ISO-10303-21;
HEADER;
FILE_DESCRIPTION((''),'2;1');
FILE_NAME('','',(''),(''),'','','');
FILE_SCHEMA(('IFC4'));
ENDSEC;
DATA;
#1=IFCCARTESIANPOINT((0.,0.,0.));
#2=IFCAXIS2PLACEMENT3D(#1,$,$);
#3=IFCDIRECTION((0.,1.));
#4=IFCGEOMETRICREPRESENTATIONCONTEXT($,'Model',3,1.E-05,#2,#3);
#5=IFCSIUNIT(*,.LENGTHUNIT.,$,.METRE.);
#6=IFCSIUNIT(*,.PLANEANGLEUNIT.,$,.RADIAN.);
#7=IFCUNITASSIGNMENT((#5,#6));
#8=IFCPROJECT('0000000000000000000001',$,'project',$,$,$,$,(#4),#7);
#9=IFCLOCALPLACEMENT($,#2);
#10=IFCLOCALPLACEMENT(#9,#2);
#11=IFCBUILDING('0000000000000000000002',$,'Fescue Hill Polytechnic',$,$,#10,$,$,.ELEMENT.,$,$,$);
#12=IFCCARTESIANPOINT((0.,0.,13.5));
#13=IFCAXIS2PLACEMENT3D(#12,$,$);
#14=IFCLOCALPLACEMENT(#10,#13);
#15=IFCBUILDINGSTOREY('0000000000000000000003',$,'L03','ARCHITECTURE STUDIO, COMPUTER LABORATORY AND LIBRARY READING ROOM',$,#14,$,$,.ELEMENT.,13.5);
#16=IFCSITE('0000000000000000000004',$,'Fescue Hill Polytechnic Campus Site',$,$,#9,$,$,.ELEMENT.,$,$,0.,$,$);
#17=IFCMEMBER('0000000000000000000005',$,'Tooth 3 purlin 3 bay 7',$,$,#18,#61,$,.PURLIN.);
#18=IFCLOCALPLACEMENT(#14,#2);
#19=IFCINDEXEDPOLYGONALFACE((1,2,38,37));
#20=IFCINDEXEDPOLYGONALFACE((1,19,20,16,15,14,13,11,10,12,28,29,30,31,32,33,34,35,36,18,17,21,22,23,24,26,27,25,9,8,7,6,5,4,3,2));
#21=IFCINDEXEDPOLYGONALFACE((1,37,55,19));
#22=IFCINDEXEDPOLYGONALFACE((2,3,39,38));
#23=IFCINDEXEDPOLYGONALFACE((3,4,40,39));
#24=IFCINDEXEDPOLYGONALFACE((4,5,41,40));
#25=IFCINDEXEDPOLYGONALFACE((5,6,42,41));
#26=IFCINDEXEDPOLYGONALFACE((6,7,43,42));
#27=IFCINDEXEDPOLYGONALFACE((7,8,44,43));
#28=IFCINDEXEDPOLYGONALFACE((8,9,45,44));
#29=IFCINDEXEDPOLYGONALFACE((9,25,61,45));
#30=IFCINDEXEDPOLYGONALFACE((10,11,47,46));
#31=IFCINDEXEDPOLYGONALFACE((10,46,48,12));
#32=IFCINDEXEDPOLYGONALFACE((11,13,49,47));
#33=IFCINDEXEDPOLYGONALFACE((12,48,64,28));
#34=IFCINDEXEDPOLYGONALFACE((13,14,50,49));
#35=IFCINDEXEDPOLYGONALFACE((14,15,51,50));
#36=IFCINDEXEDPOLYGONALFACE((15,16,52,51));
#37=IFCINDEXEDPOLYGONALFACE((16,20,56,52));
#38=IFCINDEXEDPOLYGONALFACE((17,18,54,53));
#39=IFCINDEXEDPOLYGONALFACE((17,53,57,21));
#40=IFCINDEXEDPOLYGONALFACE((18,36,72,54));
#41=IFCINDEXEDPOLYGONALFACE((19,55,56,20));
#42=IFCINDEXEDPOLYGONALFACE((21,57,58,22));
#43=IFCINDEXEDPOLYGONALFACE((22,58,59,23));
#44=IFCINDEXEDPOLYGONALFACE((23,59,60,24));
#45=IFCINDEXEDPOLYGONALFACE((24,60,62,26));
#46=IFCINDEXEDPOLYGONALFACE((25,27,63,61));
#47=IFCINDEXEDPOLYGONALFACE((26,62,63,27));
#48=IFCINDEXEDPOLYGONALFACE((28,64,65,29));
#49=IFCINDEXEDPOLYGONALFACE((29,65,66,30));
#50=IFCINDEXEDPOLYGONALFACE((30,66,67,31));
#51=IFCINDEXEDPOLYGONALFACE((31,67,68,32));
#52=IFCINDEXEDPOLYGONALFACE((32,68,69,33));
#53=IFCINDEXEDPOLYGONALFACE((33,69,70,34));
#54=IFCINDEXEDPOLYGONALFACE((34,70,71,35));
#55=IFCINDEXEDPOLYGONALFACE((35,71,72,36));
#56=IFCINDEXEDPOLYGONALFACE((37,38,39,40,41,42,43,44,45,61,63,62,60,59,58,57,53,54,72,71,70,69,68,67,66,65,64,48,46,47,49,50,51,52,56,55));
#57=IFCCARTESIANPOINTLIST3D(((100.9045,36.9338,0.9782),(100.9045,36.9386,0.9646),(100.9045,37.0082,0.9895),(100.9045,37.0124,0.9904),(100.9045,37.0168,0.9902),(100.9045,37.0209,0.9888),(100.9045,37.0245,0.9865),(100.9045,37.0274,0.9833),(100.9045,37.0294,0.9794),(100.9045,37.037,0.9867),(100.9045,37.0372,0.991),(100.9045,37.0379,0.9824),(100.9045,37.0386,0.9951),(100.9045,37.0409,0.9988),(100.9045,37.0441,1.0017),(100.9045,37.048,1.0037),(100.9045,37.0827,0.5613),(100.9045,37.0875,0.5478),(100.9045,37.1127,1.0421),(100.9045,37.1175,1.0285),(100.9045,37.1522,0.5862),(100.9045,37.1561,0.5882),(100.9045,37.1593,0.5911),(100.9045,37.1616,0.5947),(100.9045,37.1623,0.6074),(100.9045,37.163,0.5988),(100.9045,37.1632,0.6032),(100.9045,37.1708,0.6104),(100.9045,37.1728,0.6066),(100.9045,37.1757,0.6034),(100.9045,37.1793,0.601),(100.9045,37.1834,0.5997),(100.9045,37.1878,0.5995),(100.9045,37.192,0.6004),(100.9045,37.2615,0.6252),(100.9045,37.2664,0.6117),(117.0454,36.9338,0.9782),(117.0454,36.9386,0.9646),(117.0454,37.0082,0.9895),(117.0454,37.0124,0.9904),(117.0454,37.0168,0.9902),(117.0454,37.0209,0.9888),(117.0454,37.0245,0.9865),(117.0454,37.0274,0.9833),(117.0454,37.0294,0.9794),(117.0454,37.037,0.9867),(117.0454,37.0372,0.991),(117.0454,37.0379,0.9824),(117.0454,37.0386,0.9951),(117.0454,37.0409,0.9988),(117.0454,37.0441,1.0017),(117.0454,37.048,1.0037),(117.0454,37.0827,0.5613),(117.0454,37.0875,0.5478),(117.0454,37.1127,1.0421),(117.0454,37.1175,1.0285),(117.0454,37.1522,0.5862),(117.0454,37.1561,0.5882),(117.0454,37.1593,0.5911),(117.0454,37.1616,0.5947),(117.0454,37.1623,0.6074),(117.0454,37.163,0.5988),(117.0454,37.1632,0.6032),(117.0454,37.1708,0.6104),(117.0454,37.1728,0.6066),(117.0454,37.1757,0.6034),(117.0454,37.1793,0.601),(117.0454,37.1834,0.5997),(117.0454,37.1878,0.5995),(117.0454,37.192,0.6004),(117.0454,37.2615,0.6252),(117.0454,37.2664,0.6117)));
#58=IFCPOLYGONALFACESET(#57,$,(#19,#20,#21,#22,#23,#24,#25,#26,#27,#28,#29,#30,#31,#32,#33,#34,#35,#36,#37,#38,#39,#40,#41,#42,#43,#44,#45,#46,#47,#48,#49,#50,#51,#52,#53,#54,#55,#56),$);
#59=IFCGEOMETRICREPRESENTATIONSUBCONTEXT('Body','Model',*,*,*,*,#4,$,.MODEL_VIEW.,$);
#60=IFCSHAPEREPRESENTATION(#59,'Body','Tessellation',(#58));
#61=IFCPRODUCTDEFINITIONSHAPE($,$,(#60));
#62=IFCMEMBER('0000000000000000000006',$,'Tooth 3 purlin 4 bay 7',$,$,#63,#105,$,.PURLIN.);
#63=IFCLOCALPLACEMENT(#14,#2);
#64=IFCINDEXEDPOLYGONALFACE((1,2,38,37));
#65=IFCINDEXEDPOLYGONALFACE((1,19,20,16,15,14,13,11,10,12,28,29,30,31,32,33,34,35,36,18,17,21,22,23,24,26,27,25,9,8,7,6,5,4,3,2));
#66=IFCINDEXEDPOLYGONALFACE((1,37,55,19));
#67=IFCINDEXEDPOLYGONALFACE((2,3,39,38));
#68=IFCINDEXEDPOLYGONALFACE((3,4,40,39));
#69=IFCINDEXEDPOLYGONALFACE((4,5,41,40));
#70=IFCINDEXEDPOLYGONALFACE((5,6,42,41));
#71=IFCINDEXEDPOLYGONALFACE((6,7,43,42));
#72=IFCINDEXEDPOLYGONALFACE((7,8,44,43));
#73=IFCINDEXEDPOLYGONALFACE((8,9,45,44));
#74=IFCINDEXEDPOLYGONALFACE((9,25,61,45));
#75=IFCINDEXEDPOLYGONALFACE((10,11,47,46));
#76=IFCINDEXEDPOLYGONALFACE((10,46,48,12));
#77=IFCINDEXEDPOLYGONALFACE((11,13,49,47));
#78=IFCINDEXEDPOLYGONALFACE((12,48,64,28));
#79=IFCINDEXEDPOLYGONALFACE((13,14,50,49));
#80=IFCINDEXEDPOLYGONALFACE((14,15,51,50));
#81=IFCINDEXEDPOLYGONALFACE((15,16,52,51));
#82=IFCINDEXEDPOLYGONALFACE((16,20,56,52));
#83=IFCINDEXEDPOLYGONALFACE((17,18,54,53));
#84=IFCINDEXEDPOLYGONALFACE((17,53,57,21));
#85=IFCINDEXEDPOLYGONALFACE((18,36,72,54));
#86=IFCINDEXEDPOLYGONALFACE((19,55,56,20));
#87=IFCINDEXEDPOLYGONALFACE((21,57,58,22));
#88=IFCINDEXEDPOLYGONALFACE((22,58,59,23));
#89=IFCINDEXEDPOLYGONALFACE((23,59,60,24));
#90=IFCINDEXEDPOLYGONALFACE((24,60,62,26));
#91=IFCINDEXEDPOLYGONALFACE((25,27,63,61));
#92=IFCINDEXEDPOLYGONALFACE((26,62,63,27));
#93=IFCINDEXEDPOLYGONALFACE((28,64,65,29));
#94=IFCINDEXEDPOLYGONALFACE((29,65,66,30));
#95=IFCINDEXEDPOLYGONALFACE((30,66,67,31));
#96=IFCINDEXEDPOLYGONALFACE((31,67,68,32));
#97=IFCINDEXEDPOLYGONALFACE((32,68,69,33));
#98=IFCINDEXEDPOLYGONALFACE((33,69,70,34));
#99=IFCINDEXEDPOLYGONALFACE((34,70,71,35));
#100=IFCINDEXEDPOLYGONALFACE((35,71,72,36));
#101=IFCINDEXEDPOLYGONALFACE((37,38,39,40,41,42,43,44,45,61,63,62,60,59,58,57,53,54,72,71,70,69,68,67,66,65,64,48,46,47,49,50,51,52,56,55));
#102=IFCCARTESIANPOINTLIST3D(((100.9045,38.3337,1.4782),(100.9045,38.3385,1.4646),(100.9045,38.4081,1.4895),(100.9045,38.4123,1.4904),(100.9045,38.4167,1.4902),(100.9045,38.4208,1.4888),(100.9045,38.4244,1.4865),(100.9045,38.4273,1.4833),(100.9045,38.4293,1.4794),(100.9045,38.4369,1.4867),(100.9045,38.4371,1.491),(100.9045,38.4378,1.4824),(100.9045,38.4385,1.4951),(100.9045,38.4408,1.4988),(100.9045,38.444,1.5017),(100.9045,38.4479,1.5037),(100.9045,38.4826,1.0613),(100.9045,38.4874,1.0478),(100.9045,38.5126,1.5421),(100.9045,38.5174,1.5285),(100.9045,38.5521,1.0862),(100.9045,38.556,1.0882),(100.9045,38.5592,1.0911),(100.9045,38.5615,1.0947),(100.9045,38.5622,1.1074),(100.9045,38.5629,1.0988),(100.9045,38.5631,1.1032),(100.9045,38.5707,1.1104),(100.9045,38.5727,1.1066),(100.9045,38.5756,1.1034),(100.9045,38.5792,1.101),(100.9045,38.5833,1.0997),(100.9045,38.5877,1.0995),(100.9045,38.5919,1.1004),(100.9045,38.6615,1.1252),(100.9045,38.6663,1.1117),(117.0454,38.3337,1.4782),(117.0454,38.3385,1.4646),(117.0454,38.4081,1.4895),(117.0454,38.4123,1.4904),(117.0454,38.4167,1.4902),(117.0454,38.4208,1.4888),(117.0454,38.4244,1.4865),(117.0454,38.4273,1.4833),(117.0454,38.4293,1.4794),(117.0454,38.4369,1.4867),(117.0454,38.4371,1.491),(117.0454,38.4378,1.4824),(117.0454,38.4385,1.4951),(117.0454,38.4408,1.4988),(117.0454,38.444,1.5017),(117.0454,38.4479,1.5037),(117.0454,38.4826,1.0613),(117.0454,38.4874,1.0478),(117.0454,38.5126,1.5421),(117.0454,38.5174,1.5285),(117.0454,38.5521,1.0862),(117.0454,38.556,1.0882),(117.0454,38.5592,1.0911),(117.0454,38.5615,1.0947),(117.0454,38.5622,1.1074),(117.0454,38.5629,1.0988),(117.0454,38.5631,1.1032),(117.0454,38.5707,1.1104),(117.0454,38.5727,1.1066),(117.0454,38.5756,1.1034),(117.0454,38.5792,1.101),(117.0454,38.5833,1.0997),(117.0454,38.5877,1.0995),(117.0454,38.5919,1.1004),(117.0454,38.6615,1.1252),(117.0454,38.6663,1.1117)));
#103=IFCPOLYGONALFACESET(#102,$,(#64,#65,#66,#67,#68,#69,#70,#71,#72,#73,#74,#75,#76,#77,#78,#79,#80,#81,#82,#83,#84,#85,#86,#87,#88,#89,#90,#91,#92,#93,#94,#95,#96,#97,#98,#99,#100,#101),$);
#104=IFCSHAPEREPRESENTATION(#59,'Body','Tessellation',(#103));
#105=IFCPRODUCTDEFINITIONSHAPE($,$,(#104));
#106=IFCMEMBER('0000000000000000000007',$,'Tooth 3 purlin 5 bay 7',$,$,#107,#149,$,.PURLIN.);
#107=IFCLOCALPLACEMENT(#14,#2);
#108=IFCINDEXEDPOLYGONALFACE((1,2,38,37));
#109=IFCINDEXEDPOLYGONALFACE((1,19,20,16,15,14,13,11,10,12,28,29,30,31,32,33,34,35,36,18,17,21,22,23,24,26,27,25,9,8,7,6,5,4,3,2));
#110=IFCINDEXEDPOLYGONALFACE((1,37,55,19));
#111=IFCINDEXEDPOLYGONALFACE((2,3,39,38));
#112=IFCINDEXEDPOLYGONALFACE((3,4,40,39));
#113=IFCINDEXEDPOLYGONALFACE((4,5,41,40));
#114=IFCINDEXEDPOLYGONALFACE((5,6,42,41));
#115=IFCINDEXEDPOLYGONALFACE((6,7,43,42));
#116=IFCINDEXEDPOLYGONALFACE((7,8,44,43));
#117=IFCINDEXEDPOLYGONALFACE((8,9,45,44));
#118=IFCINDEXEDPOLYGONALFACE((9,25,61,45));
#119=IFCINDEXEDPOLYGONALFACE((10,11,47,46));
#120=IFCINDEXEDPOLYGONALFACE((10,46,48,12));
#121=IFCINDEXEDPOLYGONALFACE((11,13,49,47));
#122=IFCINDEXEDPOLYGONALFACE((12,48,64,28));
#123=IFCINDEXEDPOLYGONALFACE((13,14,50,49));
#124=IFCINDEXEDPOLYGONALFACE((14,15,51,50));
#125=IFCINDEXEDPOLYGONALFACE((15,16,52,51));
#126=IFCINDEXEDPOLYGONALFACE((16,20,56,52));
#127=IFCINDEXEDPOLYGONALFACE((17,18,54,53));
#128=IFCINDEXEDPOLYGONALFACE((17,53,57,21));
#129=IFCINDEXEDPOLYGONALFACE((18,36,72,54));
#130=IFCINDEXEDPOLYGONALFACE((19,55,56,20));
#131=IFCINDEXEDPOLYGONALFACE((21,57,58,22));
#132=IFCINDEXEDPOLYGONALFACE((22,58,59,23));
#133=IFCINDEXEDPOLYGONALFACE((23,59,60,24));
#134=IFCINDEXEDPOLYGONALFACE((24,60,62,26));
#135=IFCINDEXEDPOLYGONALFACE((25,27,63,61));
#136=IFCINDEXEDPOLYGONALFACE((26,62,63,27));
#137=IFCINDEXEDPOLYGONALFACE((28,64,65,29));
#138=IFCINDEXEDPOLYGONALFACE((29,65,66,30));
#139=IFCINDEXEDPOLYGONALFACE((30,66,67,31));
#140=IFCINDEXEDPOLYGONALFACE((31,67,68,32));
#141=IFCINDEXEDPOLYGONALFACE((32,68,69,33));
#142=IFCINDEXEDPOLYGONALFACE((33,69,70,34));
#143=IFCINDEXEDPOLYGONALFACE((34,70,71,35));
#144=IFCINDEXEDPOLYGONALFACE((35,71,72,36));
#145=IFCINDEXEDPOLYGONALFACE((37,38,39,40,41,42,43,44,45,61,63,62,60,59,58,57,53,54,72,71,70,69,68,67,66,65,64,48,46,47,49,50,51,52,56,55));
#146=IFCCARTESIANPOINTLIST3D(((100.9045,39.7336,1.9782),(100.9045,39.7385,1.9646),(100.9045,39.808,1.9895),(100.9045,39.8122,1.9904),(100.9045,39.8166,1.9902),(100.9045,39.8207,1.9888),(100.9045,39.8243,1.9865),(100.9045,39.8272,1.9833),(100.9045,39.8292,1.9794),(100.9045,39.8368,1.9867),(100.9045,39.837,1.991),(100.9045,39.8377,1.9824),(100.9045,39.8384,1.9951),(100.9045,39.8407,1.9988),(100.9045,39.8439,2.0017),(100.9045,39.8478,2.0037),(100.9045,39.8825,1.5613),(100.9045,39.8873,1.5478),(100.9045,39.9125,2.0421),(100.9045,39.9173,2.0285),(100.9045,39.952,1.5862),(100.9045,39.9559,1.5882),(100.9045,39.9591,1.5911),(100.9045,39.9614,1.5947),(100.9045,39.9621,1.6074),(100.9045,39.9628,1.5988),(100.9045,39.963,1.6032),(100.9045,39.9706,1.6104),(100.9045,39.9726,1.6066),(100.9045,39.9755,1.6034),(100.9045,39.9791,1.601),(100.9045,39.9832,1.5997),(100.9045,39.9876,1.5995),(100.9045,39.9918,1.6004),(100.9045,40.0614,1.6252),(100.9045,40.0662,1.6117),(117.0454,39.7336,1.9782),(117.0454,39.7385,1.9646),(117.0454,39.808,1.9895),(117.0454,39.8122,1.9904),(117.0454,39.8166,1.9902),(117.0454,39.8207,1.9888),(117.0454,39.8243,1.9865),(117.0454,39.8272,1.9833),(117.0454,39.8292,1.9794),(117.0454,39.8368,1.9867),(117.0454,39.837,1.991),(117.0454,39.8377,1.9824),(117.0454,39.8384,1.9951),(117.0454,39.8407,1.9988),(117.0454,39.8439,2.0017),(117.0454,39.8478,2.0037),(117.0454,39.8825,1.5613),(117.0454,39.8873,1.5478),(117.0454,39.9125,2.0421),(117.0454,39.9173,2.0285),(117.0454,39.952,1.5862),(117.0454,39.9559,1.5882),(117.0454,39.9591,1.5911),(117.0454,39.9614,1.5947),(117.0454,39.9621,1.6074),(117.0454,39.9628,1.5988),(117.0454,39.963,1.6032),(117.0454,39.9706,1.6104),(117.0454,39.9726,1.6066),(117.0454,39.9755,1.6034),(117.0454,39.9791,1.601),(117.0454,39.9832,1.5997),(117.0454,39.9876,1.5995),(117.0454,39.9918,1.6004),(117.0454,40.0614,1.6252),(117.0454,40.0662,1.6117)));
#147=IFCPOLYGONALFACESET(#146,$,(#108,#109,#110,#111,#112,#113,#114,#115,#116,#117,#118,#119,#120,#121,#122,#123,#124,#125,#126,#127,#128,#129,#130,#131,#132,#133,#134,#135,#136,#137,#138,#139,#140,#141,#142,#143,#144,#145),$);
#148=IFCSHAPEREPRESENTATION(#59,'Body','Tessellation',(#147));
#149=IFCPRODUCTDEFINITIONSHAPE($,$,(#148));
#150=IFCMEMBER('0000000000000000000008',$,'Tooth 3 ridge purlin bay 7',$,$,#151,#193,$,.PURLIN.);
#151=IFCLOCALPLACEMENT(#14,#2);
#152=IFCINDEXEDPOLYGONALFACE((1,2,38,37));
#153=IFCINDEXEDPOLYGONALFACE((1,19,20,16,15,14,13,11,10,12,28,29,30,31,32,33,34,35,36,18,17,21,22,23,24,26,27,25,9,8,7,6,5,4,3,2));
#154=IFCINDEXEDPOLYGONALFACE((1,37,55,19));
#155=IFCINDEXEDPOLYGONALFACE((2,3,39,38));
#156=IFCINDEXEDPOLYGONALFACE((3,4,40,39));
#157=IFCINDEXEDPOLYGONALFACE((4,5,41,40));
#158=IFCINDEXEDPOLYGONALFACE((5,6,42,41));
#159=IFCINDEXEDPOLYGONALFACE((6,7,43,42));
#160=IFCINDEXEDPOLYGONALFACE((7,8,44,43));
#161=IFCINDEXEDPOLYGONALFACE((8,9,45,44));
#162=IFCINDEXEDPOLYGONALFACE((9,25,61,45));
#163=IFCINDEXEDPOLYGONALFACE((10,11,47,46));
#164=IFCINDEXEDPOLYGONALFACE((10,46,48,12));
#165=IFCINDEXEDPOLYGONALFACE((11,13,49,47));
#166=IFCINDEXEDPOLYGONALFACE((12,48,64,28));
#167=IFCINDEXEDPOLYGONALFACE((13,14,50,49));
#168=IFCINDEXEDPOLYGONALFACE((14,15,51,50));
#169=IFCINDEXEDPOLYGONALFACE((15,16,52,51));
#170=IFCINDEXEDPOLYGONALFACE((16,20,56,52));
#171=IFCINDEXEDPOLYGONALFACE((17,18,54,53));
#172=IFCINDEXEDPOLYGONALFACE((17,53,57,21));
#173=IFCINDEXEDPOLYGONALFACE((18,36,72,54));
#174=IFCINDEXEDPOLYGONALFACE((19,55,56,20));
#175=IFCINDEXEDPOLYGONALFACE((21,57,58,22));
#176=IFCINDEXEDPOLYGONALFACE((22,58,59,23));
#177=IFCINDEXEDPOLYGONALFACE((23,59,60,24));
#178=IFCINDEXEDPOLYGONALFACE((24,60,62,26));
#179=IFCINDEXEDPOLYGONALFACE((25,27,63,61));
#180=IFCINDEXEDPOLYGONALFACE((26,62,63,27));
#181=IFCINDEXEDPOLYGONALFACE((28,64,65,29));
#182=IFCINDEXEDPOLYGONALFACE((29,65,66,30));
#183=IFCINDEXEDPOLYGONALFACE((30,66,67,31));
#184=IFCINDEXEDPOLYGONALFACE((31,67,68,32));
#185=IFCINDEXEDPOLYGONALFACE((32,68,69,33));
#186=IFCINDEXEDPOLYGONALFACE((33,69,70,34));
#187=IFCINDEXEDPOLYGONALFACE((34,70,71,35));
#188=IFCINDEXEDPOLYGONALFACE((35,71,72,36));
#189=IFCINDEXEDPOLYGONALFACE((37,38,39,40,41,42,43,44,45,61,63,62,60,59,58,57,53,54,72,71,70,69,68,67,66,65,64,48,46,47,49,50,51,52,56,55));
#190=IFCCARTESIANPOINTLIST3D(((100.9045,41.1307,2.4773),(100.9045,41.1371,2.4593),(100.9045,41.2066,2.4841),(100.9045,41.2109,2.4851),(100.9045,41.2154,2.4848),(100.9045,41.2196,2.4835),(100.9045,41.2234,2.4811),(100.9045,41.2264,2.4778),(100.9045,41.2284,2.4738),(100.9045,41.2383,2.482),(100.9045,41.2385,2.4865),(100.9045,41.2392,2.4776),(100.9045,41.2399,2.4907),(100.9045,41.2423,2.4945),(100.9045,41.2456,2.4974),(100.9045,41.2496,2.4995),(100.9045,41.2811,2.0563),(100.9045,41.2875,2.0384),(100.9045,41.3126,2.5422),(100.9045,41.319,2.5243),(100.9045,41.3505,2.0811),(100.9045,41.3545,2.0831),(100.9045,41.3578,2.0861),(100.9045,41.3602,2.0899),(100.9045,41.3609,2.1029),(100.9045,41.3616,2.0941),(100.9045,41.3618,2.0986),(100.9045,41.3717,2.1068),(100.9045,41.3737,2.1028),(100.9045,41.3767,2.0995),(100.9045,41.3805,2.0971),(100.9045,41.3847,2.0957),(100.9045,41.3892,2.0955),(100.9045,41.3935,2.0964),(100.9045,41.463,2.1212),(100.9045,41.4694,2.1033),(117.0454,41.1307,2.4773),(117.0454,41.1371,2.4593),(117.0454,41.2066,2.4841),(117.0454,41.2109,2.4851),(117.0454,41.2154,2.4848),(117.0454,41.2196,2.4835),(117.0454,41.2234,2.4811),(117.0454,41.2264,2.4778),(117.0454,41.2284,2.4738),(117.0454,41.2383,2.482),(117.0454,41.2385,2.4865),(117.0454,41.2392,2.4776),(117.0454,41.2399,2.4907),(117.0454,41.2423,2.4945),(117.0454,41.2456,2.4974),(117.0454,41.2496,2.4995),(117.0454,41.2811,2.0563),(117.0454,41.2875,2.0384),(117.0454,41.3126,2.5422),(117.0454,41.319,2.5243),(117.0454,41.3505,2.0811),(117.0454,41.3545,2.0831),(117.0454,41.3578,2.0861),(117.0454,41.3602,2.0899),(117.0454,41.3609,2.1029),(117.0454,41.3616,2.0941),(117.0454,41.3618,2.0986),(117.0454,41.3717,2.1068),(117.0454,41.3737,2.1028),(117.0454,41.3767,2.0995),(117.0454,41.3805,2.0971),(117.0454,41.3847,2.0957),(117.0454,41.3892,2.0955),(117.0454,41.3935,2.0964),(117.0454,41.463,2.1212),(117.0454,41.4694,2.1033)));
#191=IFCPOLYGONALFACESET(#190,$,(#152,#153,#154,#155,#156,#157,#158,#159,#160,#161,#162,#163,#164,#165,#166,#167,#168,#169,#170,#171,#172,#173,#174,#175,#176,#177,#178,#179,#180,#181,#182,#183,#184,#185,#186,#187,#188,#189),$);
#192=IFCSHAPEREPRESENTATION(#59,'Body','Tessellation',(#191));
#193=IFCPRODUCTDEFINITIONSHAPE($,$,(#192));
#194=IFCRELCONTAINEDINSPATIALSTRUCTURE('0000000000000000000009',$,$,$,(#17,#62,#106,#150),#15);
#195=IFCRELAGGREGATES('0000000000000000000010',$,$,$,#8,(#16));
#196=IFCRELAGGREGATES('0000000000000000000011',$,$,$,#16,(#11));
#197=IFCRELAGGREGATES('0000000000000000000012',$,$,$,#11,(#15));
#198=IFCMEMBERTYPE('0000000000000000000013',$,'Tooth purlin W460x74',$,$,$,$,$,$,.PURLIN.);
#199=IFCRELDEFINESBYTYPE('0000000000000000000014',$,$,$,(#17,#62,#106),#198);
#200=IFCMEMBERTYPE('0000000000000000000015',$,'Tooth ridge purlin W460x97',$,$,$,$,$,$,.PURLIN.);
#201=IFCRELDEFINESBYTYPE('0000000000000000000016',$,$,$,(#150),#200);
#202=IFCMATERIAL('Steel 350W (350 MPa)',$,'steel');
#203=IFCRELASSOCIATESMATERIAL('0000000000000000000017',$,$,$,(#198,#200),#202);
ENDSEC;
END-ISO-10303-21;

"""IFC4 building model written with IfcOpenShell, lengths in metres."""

from ifc_helpers import new_model, si_unit, direction, frame, origin, origin_2d, place, context, subcontext, project, spatial, i_section, extrude, material, material_profile, profile_set, type_object, element, save


model = new_model("IFC4")

# Units and contexts
model_context = context("Model", 3, precision=1e-05, world=origin(), true_north=direction((0.0, 1.0)))
body_context = subcontext(model_context, "Body", "Model", "MODEL_VIEW")
ifc_project = project(units=[si_unit("LENGTHUNIT", "METRE"), si_unit("PLANEANGLEUNIT", "RADIAN")], contexts=[model_context])

# Site, building, storey
site_placement = place(None, origin())
site = spatial("IfcSite", under=ifc_project, at=site_placement, Name="Fescue Hill Polytechnic Campus Site", CompositionType="ELEMENT", RefElevation=0.0)
building_placement = place(site_placement, origin())
building = spatial("IfcBuilding", under=site, at=building_placement, Name="Fescue Hill Polytechnic", CompositionType="ELEMENT")
storey_placement = place(building_placement, frame((0.0, 0.0, 13.5)))
storey = spatial("IfcBuildingStorey", under=building, at=storey_placement, Name="L03", Description="ARCHITECTURE STUDIO, COMPUTER LABORATORY AND LIBRARY READING ROOM", CompositionType="ELEMENT", Elevation=13.5)

# Members
ifc_material_1 = material(Name="Steel 350W (350 MPa)", Category="steel")
ifc_material_profile_1 = material_profile(ifc_material_1, i_section(OverallWidth=0.1899, OverallDepth=0.457, WebThickness=0.009, FlangeThickness=0.0144, FilletRadius=0.0166, at=origin_2d()), Name="W460x74")
ifc_profile_set_1 = profile_set([ifc_material_profile_1], Name="Steel 350W (350 MPa)")
member_type_1 = type_object("IfcMemberType", Name="Tooth purlin W460x74", PredefinedType="PURLIN", material=ifc_profile_set_1)
for number, where, z_axis, x_axis, name in (
    (1, (100.9045, 37.1001, 0.7949), (1.0, 0.0, 0.0), (0.0, 0.941742, 0.336336), "Tooth 3 purlin 3 bay 7"),
    (2, (100.9045, 38.5, 1.2949), (1.0, 0.0, 0.0), (0.0, 0.941742, 0.336336), "Tooth 3 purlin 4 bay 7"),
    (3, (100.9045, 39.8999, 1.7949), (1.0, 0.0, 0.0), (0.0, 0.941742, 0.336336), "Tooth 3 purlin 5 bay 7"),
):
    element("IfcMember", number, at=place(storey_placement, frame(where, z_axis=z_axis, x_axis=x_axis)), inside=storey, type_object=member_type_1, Name=name, PredefinedType="PURLIN", context=body_context, shape_type="SweptSolid", body=[
        extrude(i_section(OverallWidth=0.1899, OverallDepth=0.457, WebThickness=0.009, FlangeThickness=0.0144, FilletRadius=0.0166, at=origin_2d()), origin(), (0.0, 0.0, 1.0), 16.1409),
    ])
ifc_material_profile_2 = material_profile(ifc_material_1, i_section(OverallWidth=0.1931, OverallDepth=0.4661, WebThickness=0.0115, FlangeThickness=0.019, FilletRadius=0.0171, at=origin_2d()), Name="W460x97")
ifc_profile_set_2 = profile_set([ifc_material_profile_2], Name="Steel 350W (350 MPa)")
member_type_2 = type_object("IfcMemberType", Name="Tooth ridge purlin W460x97", PredefinedType="PURLIN", material=ifc_profile_set_2)
member_1_placement = place(storey_placement, frame((100.9045, 41.3, 2.2903), z_axis=(1.0, 0.0, 0.0), x_axis=(0.0, 0.941742, 0.336336)))
element("IfcMember", 4, at=member_1_placement, inside=storey, type_object=member_type_2, Name="Tooth 3 ridge purlin bay 7", PredefinedType="PURLIN", context=body_context, shape_type="SweptSolid", body=[
    extrude(i_section(OverallWidth=0.1931, OverallDepth=0.4661, WebThickness=0.0115, FlangeThickness=0.019, FilletRadius=0.0171, at=origin_2d()), origin(), (0.0, 0.0, 1.0), 16.1409),
])

save(model, "model.ifc")
